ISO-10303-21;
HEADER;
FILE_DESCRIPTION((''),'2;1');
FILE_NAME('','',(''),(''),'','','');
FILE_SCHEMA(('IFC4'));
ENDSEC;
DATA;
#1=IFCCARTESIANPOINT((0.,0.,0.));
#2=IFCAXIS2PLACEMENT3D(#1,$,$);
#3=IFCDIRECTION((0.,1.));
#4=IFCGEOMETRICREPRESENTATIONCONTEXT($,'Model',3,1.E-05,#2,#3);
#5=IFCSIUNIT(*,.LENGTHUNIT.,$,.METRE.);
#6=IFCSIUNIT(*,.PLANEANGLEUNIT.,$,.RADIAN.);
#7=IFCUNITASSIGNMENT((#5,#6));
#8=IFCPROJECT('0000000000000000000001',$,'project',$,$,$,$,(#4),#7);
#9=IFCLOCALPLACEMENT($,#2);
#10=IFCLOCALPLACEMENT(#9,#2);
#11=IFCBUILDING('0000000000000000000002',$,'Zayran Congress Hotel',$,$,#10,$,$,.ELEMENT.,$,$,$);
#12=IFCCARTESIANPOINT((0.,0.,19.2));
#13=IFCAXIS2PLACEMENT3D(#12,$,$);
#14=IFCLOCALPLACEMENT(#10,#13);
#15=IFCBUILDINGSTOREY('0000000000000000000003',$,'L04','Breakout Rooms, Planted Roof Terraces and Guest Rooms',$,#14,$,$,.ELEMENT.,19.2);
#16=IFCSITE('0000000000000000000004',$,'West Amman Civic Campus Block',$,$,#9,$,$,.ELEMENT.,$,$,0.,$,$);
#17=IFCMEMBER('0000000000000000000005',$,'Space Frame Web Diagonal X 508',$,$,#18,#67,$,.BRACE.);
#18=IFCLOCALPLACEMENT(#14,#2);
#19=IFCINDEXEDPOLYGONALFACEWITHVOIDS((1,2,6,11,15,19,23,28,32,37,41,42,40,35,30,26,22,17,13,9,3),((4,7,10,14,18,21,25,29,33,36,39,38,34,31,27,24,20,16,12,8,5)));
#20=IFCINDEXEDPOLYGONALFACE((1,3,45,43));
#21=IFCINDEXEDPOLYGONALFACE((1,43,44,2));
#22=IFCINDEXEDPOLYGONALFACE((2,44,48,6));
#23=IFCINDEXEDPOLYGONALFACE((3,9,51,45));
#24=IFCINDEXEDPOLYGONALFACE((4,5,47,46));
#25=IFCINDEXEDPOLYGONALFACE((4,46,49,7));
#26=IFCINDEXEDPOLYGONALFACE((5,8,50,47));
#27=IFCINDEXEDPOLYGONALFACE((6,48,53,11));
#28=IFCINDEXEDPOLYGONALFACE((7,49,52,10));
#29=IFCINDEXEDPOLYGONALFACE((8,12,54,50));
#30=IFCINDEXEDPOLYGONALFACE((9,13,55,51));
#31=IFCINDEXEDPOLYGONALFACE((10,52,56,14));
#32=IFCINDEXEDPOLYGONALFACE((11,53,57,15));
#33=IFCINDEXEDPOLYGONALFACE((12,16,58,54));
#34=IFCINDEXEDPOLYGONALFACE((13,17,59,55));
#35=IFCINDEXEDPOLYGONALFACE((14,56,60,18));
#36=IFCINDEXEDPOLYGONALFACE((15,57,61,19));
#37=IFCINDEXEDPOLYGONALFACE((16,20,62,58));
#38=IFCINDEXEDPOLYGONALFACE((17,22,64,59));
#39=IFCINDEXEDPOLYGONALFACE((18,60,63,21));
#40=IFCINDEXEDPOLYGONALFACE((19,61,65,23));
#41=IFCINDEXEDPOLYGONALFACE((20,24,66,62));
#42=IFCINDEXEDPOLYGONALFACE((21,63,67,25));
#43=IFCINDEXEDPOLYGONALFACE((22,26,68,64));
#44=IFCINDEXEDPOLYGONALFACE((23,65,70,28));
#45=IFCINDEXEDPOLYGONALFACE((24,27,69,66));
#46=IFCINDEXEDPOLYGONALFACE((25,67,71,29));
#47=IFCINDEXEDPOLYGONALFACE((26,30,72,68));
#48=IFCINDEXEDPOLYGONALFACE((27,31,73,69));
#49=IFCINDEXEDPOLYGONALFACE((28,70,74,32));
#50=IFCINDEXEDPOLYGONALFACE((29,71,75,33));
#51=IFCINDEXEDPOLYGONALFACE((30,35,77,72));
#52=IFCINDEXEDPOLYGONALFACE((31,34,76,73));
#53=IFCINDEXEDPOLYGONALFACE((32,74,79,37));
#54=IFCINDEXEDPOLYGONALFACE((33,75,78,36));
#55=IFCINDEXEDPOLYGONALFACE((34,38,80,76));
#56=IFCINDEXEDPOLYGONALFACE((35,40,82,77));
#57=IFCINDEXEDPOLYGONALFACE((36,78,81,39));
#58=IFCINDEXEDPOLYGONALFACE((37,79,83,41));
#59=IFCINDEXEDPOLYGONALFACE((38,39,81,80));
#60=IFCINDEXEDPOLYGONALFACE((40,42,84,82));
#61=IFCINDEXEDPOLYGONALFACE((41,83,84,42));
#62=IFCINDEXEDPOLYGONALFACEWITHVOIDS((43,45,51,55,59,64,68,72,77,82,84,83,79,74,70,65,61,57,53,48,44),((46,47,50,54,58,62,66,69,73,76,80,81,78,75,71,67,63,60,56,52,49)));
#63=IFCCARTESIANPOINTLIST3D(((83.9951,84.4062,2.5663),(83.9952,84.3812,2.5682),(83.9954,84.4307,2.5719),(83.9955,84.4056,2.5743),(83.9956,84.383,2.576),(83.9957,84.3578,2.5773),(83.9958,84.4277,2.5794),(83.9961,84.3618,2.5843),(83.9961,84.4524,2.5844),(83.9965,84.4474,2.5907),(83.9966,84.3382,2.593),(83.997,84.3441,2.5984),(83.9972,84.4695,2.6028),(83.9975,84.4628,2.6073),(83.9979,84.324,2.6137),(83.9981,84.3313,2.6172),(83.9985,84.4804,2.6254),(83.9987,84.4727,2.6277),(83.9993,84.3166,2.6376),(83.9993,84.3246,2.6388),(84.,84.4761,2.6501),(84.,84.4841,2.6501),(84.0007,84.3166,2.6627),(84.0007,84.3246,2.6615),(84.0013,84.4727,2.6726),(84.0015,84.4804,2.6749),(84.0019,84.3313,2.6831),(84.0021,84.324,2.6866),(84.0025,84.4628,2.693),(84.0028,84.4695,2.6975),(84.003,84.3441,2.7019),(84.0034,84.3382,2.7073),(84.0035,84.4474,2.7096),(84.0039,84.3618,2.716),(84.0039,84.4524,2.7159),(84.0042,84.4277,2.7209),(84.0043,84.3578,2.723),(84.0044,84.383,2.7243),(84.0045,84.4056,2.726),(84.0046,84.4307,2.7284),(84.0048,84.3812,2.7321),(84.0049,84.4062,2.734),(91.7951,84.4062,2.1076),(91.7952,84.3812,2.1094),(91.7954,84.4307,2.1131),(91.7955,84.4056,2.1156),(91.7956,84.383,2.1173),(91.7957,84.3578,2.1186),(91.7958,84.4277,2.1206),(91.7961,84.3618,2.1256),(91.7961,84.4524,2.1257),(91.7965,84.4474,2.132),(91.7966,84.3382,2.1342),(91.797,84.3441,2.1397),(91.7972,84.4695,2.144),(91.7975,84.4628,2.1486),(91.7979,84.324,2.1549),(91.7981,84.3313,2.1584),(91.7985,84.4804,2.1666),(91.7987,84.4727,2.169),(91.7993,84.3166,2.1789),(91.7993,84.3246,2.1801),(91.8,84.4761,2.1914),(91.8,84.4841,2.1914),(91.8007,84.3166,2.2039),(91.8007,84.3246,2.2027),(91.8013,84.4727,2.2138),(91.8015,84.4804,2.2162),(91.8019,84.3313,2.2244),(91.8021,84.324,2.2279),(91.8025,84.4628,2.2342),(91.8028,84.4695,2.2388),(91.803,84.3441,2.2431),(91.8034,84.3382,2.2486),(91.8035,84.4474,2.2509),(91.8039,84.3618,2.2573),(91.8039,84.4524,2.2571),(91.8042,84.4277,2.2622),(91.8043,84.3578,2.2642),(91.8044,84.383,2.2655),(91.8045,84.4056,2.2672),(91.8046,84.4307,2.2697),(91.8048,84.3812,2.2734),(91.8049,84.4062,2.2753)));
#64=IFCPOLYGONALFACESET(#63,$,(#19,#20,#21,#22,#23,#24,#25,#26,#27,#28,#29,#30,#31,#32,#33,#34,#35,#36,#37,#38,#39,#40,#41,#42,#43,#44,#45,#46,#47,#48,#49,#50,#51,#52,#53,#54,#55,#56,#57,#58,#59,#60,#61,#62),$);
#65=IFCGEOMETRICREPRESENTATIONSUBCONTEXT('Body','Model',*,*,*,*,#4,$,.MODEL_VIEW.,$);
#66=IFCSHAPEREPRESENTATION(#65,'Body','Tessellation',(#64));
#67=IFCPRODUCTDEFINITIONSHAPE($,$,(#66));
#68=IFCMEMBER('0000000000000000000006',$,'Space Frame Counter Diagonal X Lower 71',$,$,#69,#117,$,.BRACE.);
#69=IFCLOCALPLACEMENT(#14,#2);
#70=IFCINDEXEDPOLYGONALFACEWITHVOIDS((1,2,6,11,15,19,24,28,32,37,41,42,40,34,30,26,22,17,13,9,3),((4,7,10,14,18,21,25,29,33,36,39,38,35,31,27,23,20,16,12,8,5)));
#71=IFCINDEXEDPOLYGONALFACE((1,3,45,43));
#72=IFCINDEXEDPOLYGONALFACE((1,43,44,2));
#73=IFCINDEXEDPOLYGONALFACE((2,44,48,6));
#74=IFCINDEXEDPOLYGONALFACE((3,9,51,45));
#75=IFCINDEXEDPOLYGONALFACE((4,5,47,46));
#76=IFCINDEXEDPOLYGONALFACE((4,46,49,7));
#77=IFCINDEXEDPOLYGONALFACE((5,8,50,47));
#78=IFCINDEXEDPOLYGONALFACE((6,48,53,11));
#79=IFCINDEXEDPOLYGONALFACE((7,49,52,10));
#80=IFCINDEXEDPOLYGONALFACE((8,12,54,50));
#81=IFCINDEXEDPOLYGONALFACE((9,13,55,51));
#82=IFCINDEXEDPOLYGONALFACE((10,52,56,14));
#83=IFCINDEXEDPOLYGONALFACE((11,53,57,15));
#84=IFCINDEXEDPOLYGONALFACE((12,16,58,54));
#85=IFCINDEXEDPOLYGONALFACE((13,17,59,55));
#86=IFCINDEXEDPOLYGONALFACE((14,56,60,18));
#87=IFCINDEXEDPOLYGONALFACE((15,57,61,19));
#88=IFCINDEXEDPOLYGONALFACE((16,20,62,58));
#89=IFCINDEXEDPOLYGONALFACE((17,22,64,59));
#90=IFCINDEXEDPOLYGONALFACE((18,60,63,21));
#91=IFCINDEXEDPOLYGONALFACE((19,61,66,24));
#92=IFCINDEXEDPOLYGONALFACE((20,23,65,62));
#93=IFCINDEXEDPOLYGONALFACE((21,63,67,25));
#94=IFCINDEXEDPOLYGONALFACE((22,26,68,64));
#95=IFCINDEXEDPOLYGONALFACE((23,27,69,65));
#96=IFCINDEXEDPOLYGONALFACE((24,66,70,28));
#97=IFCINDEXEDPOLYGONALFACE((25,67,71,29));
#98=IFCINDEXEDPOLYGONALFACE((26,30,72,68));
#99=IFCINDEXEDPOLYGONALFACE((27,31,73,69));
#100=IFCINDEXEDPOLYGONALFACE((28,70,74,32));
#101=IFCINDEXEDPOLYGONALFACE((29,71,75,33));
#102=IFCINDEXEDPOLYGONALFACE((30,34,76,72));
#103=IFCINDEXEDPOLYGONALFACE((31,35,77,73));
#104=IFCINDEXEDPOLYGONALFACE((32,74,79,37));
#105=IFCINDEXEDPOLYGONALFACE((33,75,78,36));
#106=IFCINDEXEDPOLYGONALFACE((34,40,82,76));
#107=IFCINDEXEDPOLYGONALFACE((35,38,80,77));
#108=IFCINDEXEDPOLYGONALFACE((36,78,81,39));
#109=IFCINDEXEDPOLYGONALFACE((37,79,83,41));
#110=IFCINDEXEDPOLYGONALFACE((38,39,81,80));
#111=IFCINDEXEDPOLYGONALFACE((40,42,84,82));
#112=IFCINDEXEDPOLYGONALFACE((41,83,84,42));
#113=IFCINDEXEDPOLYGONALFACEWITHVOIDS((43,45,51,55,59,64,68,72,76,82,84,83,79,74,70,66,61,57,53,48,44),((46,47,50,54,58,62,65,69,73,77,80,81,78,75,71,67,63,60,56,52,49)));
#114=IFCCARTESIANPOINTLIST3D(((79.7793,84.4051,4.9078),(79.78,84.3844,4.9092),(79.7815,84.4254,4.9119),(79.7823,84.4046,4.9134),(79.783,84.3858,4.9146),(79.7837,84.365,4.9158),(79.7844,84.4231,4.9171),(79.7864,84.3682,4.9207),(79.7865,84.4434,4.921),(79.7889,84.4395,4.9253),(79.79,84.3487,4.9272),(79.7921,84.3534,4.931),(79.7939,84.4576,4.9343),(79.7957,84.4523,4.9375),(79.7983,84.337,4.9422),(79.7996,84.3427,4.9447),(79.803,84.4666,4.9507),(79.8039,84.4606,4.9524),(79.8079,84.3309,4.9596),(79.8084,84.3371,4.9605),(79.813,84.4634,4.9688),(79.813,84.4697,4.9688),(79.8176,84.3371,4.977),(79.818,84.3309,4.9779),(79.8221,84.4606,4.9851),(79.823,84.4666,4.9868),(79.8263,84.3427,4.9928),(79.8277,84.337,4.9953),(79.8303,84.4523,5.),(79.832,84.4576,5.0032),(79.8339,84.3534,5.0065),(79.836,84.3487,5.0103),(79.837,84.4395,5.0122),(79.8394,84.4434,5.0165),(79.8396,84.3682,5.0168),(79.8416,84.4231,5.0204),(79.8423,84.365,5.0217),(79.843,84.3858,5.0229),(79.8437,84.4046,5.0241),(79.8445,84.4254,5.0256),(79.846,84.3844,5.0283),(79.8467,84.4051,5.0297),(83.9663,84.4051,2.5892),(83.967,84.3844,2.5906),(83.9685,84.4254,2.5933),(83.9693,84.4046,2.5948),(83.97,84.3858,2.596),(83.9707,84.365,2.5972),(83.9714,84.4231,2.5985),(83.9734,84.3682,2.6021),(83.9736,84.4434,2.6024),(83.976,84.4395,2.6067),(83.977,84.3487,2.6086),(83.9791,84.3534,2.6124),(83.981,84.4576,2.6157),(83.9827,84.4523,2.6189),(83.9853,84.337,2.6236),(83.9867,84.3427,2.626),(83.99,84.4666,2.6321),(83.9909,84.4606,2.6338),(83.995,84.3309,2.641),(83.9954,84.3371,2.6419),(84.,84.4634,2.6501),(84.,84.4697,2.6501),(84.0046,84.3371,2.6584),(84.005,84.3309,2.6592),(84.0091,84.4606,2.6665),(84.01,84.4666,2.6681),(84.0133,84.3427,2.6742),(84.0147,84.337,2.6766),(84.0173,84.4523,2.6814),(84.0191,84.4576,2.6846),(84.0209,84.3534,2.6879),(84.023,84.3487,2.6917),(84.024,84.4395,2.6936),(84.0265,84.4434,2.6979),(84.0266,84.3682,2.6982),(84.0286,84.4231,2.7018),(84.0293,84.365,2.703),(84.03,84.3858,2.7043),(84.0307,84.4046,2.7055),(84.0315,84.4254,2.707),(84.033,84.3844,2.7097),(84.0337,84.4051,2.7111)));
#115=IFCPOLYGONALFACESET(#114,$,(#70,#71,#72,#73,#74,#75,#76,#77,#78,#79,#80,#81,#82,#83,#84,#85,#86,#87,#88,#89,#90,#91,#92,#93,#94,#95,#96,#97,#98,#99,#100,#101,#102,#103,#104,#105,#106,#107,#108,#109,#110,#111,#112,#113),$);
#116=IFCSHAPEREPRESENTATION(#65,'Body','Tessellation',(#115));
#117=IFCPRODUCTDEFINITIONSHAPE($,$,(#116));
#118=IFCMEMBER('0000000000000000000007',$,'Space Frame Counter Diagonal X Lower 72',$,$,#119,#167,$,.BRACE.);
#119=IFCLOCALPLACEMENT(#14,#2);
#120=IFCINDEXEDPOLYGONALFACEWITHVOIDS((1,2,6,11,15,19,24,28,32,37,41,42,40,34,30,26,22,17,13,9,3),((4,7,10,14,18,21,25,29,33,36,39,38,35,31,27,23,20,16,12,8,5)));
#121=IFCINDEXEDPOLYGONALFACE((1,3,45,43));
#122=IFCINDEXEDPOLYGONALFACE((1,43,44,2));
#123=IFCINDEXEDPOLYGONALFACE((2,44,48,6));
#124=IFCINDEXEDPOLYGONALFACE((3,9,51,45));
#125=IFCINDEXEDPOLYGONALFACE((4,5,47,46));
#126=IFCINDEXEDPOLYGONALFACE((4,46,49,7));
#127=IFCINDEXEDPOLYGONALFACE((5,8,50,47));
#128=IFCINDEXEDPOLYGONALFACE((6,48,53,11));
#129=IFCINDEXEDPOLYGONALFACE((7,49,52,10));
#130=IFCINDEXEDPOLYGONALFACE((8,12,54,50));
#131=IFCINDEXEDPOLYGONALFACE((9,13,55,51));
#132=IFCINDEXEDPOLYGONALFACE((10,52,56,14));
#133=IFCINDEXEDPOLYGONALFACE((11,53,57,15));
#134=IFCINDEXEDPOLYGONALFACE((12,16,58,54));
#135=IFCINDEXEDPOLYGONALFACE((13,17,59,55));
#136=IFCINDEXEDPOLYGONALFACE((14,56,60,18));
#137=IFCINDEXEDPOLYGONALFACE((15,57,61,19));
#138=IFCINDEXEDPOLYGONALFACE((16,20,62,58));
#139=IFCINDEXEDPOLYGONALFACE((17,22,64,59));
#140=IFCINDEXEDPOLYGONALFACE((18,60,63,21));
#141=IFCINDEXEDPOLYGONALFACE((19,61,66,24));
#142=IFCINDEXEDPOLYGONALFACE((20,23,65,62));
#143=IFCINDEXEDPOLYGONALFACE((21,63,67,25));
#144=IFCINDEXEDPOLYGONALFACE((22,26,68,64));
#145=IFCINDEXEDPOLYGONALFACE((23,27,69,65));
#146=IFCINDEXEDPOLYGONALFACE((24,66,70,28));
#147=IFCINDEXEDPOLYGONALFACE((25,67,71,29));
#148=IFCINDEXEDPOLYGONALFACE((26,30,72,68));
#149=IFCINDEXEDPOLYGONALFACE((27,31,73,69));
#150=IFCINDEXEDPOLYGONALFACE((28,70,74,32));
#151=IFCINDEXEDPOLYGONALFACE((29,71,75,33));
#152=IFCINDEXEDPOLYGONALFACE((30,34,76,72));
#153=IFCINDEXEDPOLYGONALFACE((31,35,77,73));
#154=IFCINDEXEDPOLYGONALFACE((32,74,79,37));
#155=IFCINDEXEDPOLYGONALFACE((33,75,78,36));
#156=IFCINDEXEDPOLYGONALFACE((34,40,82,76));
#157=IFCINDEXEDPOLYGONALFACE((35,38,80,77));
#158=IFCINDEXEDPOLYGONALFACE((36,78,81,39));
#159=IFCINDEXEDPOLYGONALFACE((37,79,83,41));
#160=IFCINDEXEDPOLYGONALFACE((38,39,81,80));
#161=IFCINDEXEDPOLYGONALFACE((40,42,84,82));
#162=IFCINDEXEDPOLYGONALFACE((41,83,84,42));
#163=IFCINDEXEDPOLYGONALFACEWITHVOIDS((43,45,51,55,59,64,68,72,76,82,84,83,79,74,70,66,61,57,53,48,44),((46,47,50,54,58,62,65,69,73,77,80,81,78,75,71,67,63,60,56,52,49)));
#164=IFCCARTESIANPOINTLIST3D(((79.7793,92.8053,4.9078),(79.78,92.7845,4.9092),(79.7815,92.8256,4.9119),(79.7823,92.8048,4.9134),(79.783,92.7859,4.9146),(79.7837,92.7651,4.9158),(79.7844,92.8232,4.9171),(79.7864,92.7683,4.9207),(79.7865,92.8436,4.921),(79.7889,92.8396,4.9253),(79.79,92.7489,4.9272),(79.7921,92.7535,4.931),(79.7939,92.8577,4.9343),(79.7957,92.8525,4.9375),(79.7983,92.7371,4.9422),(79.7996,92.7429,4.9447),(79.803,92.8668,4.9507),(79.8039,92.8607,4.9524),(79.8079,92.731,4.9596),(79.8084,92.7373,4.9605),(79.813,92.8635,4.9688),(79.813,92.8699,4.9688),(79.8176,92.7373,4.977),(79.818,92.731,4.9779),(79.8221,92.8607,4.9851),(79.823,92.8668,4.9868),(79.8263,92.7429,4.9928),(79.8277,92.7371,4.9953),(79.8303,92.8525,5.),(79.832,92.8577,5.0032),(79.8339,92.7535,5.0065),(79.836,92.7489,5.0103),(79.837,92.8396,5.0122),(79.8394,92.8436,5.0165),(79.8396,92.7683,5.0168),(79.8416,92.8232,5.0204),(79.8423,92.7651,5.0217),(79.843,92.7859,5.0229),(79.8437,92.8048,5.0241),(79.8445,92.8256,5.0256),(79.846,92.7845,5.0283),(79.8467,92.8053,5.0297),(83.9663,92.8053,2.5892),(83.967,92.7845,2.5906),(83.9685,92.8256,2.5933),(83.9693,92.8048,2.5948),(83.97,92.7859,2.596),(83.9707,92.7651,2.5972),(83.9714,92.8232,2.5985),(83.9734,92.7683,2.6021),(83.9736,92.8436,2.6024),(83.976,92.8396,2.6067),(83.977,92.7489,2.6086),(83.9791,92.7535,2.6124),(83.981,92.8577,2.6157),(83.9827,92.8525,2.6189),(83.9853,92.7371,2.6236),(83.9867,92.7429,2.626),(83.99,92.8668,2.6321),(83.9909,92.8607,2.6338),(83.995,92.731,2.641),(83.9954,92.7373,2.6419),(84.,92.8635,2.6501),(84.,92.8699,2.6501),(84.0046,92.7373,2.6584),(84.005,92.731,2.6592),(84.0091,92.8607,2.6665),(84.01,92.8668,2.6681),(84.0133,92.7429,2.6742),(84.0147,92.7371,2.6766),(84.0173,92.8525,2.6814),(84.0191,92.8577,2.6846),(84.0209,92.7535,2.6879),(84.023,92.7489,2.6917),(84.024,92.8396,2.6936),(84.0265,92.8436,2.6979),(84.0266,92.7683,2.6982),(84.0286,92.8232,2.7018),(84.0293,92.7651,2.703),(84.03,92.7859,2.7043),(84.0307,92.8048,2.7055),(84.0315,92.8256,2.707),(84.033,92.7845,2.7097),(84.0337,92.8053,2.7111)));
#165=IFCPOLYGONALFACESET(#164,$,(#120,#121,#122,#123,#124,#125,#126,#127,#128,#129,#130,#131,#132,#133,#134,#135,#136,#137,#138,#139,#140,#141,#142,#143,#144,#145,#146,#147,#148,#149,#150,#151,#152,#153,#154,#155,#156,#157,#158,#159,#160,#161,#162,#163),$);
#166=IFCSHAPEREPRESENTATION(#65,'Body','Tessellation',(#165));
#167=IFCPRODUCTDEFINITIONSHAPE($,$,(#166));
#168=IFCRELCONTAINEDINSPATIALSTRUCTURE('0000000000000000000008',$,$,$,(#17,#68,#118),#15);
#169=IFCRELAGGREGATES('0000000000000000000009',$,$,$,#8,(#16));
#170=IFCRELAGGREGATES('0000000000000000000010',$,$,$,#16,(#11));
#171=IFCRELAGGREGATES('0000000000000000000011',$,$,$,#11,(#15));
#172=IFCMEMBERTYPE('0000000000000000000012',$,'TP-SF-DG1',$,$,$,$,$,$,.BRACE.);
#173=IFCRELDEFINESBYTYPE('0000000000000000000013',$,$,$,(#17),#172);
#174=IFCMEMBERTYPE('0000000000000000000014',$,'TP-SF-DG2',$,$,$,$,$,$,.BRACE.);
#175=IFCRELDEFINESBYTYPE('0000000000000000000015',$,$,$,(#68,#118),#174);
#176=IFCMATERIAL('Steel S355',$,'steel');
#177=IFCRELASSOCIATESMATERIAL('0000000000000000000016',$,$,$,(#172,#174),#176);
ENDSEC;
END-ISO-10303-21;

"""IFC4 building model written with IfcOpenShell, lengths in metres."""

from ifc_helpers import new_model, si_unit, direction, frame, origin, origin_2d, place, context, subcontext, project, spatial, hollow_circle, extrude, material, material_profile, profile_set, type_object, element, save


model = new_model("IFC4")

# Units and contexts
model_context = context("Model", 3, precision=1e-05, world=origin(), true_north=direction((0.0, 1.0)))
body_context = subcontext(model_context, "Body", "Model", "MODEL_VIEW")
ifc_project = project(units=[si_unit("LENGTHUNIT", "METRE"), si_unit("PLANEANGLEUNIT", "RADIAN")], contexts=[model_context])

# Site, building, storey
site_placement = place(None, origin())
site = spatial("IfcSite", under=ifc_project, at=site_placement, Name="West Amman Civic Campus Block", CompositionType="ELEMENT", RefElevation=0.0)
building_placement = place(site_placement, origin())
building = spatial("IfcBuilding", under=site, at=building_placement, Name="Zayran Congress Hotel", CompositionType="ELEMENT")
storey_placement = place(building_placement, frame((0.0, 0.0, 19.2)))
storey = spatial("IfcBuildingStorey", under=building, at=storey_placement, Name="L04", Description="Breakout Rooms, Planted Roof Terraces and Guest Rooms", CompositionType="ELEMENT", Elevation=19.2)

# Members
ifc_material_1 = material(Name="Steel S355", Category="steel")
ifc_material_profile_1 = material_profile(ifc_material_1, hollow_circle(Radius=0.0842, WallThickness=0.0081, at=origin_2d()), Name="CHS 168.3x8")
ifc_profile_set_1 = profile_set([ifc_material_profile_1], Name="Steel S355")
member_type_1 = type_object("IfcMemberType", Name="TP-SF-DG1", PredefinedType="BRACE", material=ifc_profile_set_1)
member_1_placement = place(storey_placement, frame((84.0, 84.3999, 2.6501), z_axis=(0.998275, 0.0, -0.058711), x_axis=(0.0, 1.0, 0.0)))
element("IfcMember", 1, at=member_1_placement, inside=storey, type_object=member_type_1, Name="Space Frame Web Diagonal X 508", PredefinedType="BRACE", context=body_context, shape_type="SweptSolid", body=[
    extrude(hollow_circle(Radius=0.0842, WallThickness=0.0081, at=origin_2d()), origin(), (0.0, 0.0, 1.0), 7.8135),
])
ifc_material_profile_2 = material_profile(ifc_material_1, hollow_circle(Radius=0.0698, WallThickness=0.0063, at=origin_2d()), Name="CHS 139.7x6.3")
ifc_profile_set_2 = profile_set([ifc_material_profile_2], Name="Steel S355")
member_type_2 = type_object("IfcMemberType", Name="TP-SF-DG2", PredefinedType="BRACE", material=ifc_profile_set_2)
for number, where, z_axis, x_axis, name in (
    (2, (79.813, 84.3999, 4.9688), (0.874823, 0.0, -0.484443), (0.0, 1.0, 0.0), "Space Frame Counter Diagonal X Lower 71"),
    (3, (79.813, 92.8, 4.9688), (0.874823, 0.0, -0.484443), (0.0, 1.0, 0.0), "Space Frame Counter Diagonal X Lower 72"),
):
    element("IfcMember", number, at=place(storey_placement, frame(where, z_axis=z_axis, x_axis=x_axis)), inside=storey, type_object=member_type_2, Name=name, PredefinedType="BRACE", context=body_context, shape_type="SweptSolid", body=[
        extrude(hollow_circle(Radius=0.0698, WallThickness=0.0063, at=origin_2d()), origin(), (0.0, 0.0, 1.0), 4.7861),
    ])

save(model, "model.ifc")
